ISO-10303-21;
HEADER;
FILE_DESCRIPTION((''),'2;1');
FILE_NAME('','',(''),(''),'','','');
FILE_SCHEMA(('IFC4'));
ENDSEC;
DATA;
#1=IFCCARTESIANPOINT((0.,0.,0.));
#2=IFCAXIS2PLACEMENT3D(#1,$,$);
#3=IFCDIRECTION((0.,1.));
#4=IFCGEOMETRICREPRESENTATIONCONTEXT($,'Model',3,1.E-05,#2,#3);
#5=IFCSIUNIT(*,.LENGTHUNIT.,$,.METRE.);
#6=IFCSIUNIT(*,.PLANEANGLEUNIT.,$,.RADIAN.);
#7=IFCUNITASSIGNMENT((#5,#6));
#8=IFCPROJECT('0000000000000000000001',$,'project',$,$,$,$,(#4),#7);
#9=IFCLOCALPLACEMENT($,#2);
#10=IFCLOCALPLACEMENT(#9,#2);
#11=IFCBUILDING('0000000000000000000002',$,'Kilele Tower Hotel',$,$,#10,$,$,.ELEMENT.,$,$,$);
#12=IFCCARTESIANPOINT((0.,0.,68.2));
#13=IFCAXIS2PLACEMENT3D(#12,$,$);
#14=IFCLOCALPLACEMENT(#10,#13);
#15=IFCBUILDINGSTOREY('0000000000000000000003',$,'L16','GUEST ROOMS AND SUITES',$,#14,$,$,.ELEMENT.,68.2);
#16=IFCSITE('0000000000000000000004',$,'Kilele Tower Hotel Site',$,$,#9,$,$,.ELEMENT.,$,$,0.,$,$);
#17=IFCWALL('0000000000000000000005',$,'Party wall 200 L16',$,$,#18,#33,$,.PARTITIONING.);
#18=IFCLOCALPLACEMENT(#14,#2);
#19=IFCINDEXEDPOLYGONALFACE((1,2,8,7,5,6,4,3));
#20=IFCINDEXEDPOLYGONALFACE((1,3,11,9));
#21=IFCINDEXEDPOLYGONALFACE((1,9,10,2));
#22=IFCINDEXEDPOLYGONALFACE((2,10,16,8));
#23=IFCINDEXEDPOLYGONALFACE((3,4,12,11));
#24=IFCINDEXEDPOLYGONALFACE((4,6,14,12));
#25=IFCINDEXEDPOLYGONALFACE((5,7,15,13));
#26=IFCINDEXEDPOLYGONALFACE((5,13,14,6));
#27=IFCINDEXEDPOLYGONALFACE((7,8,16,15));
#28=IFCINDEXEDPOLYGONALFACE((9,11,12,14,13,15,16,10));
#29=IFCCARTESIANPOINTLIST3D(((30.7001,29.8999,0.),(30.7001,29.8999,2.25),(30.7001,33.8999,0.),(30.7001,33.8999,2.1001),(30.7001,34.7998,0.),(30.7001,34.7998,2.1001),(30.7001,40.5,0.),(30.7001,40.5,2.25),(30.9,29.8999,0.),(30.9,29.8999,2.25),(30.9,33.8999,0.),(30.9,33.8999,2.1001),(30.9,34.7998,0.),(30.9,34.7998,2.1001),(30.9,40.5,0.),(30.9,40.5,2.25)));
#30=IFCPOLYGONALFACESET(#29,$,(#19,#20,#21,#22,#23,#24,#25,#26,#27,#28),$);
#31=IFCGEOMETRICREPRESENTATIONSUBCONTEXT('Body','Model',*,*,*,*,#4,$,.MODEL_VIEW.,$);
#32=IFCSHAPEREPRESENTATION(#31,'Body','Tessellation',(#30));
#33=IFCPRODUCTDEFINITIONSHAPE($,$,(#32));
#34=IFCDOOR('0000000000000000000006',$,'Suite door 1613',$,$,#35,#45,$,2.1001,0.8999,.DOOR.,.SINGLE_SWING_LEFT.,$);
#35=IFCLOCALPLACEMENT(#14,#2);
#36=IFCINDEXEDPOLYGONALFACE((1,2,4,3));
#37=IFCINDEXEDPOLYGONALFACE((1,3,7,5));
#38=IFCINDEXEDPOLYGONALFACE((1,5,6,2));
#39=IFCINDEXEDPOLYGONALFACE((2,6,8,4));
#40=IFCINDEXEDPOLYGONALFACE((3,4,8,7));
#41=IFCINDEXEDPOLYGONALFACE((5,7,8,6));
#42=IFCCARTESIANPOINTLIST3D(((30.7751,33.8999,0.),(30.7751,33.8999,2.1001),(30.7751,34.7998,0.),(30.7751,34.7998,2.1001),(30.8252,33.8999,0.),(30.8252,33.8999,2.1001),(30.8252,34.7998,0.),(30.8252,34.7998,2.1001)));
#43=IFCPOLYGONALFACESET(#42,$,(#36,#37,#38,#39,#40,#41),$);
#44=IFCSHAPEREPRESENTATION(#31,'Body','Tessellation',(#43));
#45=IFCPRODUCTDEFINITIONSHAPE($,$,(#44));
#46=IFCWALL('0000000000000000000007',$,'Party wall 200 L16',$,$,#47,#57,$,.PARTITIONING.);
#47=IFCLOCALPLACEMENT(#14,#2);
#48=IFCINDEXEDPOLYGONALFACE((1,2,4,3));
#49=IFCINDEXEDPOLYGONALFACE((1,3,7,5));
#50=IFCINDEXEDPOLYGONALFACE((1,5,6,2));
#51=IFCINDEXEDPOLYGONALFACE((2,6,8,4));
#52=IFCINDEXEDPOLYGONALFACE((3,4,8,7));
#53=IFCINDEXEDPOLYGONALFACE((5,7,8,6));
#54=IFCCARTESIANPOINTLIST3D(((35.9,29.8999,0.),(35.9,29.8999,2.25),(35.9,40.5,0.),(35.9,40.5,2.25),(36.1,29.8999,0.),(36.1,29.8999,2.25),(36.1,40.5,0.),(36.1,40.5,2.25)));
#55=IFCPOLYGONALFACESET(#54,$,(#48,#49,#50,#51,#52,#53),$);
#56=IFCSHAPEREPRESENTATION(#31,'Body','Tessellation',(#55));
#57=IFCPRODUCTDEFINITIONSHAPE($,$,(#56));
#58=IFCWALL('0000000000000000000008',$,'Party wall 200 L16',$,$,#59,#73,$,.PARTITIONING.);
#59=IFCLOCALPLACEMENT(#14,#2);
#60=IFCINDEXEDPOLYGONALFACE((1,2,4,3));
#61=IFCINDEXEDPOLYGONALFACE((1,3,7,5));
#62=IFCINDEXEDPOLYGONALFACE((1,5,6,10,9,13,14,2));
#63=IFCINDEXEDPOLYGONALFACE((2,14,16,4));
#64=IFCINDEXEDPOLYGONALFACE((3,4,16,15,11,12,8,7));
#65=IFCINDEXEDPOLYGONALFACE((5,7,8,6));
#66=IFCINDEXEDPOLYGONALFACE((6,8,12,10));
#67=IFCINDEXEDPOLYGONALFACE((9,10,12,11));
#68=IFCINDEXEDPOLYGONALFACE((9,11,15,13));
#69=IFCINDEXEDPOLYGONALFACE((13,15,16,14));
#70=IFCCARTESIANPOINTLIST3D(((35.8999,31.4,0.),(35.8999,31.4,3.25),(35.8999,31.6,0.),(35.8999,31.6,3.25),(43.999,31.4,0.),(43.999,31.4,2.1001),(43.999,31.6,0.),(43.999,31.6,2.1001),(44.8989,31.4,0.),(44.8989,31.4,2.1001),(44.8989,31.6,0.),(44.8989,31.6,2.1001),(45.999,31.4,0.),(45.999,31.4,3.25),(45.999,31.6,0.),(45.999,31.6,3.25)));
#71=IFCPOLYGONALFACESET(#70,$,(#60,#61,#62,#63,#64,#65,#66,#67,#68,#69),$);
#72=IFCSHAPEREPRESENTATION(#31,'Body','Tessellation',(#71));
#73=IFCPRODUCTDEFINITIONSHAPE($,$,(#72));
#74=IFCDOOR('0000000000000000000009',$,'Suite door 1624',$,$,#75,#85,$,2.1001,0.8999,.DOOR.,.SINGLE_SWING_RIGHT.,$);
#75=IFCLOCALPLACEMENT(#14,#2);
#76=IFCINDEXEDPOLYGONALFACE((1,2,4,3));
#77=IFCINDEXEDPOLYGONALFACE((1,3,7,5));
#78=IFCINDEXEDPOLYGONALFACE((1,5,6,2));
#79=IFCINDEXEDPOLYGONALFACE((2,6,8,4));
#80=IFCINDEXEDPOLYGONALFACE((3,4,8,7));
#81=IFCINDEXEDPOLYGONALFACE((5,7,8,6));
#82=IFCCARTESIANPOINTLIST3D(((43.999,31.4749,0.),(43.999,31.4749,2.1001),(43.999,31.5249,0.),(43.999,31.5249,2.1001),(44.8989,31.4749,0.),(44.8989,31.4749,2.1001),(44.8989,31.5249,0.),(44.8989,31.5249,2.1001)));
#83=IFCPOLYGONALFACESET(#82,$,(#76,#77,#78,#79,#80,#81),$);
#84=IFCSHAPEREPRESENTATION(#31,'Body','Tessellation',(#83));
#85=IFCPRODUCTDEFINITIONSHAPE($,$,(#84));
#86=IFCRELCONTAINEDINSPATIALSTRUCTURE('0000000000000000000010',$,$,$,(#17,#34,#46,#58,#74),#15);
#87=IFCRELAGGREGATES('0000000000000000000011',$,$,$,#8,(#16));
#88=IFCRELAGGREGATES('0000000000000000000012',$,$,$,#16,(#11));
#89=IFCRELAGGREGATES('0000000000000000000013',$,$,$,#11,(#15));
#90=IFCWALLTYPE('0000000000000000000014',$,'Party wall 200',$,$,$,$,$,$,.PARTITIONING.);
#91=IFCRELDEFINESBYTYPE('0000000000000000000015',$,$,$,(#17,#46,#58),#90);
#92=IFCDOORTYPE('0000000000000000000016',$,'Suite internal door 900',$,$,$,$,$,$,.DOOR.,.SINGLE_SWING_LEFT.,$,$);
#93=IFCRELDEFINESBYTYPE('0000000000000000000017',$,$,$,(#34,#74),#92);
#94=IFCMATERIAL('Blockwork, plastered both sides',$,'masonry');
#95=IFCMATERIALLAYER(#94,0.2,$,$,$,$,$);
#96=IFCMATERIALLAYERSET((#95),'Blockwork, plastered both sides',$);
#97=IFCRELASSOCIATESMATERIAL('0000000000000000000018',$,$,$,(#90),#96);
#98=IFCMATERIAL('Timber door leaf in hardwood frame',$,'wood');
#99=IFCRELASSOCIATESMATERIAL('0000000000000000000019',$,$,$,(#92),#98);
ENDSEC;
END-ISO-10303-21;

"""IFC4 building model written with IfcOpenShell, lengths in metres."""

from ifc_helpers import new_model, si_unit, direction, frame, frame_2d, origin, place, context, subcontext, project, spatial, rectangle, extrude, material, layer, layer_set, type_object, element, fill, save


model = new_model("IFC4")

# Units and contexts
model_context = context("Model", 3, precision=1e-05, world=origin(), true_north=direction((0.0, 1.0)))
body_context = subcontext(model_context, "Body", "Model", "MODEL_VIEW")
ifc_project = project(units=[si_unit("LENGTHUNIT", "METRE"), si_unit("PLANEANGLEUNIT", "RADIAN")], contexts=[model_context])

# Site, building, storey
site_placement = place(None, origin())
site = spatial("IfcSite", under=ifc_project, at=site_placement, Name="Kilele Tower Hotel Site", CompositionType="ELEMENT", RefElevation=0.0)
building_placement = place(site_placement, origin())
building = spatial("IfcBuilding", under=site, at=building_placement, Name="Kilele Tower Hotel", CompositionType="ELEMENT")
storey_placement = place(building_placement, frame((0.0, 0.0, 68.2)))
storey = spatial("IfcBuildingStorey", under=building, at=storey_placement, Name="L16", Description="GUEST ROOMS AND SUITES", CompositionType="ELEMENT", Elevation=68.2)

# Wall, opening, door
ifc_material_1 = material(Name="Blockwork, plastered both sides", Category="masonry")
ifc_layer_1 = layer(ifc_material_1, 0.2)
ifc_layer_set_1 = layer_set([ifc_layer_1], Name="Blockwork, plastered both sides")
wall_type_1 = type_object("IfcWallType", Name="Party wall 200", PredefinedType="PARTITIONING", material=ifc_layer_set_1)
wall_1_placement = place(storey_placement, frame((30.8, 29.8999, 0.0), z_axis=(0.0, 0.0, 1.0), x_axis=(0.0, 1.0, 0.0)))
wall_1 = element("IfcWall", 1, at=wall_1_placement, inside=storey, type_object=wall_type_1, Name="Party wall 200 L16", PredefinedType="PARTITIONING", context=body_context, shape_type="SweptSolid", body=[
    extrude(rectangle(XDim=10.6001, YDim=0.2, at=frame_2d((5.3, 0.0))), origin(), (0.0, 0.0, 1.0), 2.25),
])
opening_1_placement = place(wall_1_placement, frame((4.0, 0.0, 0.0)))
opening_1 = element("IfcOpeningElement", 2, at=opening_1_placement, cuts=wall_1, PredefinedType="OPENING", context=body_context, shape_type="SweptSolid", body=[
    extrude(rectangle(XDim=0.8999, YDim=2.1001, at=frame_2d((0.45, 1.05))), frame((0.0, 0.1099, 0.0), z_axis=(0.0, -1.0, 0.0), x_axis=(1.0, 0.0, 0.0)), (0.0, 0.0, 1.0), 0.22),
])
ifc_material_2 = material(Name="Timber door leaf in hardwood frame", Category="wood")
door_type_1 = type_object("IfcDoorType", Name="Suite internal door 900", OperationType="SINGLE_SWING_LEFT", PredefinedType="DOOR", material=ifc_material_2)
door_1_placement = place(opening_1_placement, origin())
door_1 = element("IfcDoor", 3, at=door_1_placement, inside=storey, type_object=door_type_1, Name="Suite door 1613", OperationType="SINGLE_SWING_LEFT", OverallHeight=2.1001, OverallWidth=0.8999, PredefinedType="DOOR", context=body_context, shape_type="SweptSolid", body=[
    extrude(rectangle(XDim=0.8999, YDim=2.1001, at=frame_2d((0.45, 1.05))), frame((0.0, 0.0249, 0.0), z_axis=(0.0, -1.0, 0.0), x_axis=(1.0, 0.0, 0.0)), (0.0, 0.0, 1.0), 0.05),
])
fill(opening_1, door_1)

# Wall
wall_2_placement = place(storey_placement, frame((36.0, 29.8999, 0.0), z_axis=(0.0, 0.0, 1.0), x_axis=(0.0, 1.0, 0.0)))
element("IfcWall", 4, at=wall_2_placement, inside=storey, type_object=wall_type_1, Name="Party wall 200 L16", PredefinedType="PARTITIONING", context=body_context, shape_type="SweptSolid", body=[
    extrude(rectangle(XDim=10.6001, YDim=0.2, at=frame_2d((5.3, 0.0))), origin(), (0.0, 0.0, 1.0), 2.25),
])

# Wall, opening, door
wall_3_placement = place(storey_placement, frame((35.8999, 31.5, 0.0), z_axis=(0.0, 0.0, 1.0), x_axis=(1.0, 0.0, 0.0)))
wall_3 = element("IfcWall", 5, at=wall_3_placement, inside=storey, type_object=wall_type_1, Name="Party wall 200 L16", PredefinedType="PARTITIONING", context=body_context, shape_type="SweptSolid", body=[
    extrude(rectangle(XDim=10.0991, YDim=0.2, at=frame_2d((5.0496, 0.0))), origin(), (0.0, 0.0, 1.0), 3.25),
])
opening_2_placement = place(wall_3_placement, frame((8.0991, 0.0, 0.0)))
opening_2 = element("IfcOpeningElement", 6, at=opening_2_placement, cuts=wall_3, PredefinedType="OPENING", context=body_context, shape_type="SweptSolid", body=[
    extrude(rectangle(XDim=0.8999, YDim=2.1001, at=frame_2d((0.45, 1.05))), frame((0.0, 0.1099, 0.0), z_axis=(0.0, -1.0, 0.0), x_axis=(1.0, 0.0, 0.0)), (0.0, 0.0, 1.0), 0.22),
])
door_2_placement = place(opening_2_placement, origin())
door_2 = element("IfcDoor", 7, at=door_2_placement, inside=storey, type_object=door_type_1, Name="Suite door 1624", OperationType="SINGLE_SWING_RIGHT", OverallHeight=2.1001, OverallWidth=0.8999, PredefinedType="DOOR", context=body_context, shape_type="SweptSolid", body=[
    extrude(rectangle(XDim=0.8999, YDim=2.1001, at=frame_2d((0.45, 1.05))), frame((0.0, 0.0249, 0.0), z_axis=(0.0, -1.0, 0.0), x_axis=(1.0, 0.0, 0.0)), (0.0, 0.0, 1.0), 0.05),
])
fill(opening_2, door_2)

save(model, "model.ifc")
